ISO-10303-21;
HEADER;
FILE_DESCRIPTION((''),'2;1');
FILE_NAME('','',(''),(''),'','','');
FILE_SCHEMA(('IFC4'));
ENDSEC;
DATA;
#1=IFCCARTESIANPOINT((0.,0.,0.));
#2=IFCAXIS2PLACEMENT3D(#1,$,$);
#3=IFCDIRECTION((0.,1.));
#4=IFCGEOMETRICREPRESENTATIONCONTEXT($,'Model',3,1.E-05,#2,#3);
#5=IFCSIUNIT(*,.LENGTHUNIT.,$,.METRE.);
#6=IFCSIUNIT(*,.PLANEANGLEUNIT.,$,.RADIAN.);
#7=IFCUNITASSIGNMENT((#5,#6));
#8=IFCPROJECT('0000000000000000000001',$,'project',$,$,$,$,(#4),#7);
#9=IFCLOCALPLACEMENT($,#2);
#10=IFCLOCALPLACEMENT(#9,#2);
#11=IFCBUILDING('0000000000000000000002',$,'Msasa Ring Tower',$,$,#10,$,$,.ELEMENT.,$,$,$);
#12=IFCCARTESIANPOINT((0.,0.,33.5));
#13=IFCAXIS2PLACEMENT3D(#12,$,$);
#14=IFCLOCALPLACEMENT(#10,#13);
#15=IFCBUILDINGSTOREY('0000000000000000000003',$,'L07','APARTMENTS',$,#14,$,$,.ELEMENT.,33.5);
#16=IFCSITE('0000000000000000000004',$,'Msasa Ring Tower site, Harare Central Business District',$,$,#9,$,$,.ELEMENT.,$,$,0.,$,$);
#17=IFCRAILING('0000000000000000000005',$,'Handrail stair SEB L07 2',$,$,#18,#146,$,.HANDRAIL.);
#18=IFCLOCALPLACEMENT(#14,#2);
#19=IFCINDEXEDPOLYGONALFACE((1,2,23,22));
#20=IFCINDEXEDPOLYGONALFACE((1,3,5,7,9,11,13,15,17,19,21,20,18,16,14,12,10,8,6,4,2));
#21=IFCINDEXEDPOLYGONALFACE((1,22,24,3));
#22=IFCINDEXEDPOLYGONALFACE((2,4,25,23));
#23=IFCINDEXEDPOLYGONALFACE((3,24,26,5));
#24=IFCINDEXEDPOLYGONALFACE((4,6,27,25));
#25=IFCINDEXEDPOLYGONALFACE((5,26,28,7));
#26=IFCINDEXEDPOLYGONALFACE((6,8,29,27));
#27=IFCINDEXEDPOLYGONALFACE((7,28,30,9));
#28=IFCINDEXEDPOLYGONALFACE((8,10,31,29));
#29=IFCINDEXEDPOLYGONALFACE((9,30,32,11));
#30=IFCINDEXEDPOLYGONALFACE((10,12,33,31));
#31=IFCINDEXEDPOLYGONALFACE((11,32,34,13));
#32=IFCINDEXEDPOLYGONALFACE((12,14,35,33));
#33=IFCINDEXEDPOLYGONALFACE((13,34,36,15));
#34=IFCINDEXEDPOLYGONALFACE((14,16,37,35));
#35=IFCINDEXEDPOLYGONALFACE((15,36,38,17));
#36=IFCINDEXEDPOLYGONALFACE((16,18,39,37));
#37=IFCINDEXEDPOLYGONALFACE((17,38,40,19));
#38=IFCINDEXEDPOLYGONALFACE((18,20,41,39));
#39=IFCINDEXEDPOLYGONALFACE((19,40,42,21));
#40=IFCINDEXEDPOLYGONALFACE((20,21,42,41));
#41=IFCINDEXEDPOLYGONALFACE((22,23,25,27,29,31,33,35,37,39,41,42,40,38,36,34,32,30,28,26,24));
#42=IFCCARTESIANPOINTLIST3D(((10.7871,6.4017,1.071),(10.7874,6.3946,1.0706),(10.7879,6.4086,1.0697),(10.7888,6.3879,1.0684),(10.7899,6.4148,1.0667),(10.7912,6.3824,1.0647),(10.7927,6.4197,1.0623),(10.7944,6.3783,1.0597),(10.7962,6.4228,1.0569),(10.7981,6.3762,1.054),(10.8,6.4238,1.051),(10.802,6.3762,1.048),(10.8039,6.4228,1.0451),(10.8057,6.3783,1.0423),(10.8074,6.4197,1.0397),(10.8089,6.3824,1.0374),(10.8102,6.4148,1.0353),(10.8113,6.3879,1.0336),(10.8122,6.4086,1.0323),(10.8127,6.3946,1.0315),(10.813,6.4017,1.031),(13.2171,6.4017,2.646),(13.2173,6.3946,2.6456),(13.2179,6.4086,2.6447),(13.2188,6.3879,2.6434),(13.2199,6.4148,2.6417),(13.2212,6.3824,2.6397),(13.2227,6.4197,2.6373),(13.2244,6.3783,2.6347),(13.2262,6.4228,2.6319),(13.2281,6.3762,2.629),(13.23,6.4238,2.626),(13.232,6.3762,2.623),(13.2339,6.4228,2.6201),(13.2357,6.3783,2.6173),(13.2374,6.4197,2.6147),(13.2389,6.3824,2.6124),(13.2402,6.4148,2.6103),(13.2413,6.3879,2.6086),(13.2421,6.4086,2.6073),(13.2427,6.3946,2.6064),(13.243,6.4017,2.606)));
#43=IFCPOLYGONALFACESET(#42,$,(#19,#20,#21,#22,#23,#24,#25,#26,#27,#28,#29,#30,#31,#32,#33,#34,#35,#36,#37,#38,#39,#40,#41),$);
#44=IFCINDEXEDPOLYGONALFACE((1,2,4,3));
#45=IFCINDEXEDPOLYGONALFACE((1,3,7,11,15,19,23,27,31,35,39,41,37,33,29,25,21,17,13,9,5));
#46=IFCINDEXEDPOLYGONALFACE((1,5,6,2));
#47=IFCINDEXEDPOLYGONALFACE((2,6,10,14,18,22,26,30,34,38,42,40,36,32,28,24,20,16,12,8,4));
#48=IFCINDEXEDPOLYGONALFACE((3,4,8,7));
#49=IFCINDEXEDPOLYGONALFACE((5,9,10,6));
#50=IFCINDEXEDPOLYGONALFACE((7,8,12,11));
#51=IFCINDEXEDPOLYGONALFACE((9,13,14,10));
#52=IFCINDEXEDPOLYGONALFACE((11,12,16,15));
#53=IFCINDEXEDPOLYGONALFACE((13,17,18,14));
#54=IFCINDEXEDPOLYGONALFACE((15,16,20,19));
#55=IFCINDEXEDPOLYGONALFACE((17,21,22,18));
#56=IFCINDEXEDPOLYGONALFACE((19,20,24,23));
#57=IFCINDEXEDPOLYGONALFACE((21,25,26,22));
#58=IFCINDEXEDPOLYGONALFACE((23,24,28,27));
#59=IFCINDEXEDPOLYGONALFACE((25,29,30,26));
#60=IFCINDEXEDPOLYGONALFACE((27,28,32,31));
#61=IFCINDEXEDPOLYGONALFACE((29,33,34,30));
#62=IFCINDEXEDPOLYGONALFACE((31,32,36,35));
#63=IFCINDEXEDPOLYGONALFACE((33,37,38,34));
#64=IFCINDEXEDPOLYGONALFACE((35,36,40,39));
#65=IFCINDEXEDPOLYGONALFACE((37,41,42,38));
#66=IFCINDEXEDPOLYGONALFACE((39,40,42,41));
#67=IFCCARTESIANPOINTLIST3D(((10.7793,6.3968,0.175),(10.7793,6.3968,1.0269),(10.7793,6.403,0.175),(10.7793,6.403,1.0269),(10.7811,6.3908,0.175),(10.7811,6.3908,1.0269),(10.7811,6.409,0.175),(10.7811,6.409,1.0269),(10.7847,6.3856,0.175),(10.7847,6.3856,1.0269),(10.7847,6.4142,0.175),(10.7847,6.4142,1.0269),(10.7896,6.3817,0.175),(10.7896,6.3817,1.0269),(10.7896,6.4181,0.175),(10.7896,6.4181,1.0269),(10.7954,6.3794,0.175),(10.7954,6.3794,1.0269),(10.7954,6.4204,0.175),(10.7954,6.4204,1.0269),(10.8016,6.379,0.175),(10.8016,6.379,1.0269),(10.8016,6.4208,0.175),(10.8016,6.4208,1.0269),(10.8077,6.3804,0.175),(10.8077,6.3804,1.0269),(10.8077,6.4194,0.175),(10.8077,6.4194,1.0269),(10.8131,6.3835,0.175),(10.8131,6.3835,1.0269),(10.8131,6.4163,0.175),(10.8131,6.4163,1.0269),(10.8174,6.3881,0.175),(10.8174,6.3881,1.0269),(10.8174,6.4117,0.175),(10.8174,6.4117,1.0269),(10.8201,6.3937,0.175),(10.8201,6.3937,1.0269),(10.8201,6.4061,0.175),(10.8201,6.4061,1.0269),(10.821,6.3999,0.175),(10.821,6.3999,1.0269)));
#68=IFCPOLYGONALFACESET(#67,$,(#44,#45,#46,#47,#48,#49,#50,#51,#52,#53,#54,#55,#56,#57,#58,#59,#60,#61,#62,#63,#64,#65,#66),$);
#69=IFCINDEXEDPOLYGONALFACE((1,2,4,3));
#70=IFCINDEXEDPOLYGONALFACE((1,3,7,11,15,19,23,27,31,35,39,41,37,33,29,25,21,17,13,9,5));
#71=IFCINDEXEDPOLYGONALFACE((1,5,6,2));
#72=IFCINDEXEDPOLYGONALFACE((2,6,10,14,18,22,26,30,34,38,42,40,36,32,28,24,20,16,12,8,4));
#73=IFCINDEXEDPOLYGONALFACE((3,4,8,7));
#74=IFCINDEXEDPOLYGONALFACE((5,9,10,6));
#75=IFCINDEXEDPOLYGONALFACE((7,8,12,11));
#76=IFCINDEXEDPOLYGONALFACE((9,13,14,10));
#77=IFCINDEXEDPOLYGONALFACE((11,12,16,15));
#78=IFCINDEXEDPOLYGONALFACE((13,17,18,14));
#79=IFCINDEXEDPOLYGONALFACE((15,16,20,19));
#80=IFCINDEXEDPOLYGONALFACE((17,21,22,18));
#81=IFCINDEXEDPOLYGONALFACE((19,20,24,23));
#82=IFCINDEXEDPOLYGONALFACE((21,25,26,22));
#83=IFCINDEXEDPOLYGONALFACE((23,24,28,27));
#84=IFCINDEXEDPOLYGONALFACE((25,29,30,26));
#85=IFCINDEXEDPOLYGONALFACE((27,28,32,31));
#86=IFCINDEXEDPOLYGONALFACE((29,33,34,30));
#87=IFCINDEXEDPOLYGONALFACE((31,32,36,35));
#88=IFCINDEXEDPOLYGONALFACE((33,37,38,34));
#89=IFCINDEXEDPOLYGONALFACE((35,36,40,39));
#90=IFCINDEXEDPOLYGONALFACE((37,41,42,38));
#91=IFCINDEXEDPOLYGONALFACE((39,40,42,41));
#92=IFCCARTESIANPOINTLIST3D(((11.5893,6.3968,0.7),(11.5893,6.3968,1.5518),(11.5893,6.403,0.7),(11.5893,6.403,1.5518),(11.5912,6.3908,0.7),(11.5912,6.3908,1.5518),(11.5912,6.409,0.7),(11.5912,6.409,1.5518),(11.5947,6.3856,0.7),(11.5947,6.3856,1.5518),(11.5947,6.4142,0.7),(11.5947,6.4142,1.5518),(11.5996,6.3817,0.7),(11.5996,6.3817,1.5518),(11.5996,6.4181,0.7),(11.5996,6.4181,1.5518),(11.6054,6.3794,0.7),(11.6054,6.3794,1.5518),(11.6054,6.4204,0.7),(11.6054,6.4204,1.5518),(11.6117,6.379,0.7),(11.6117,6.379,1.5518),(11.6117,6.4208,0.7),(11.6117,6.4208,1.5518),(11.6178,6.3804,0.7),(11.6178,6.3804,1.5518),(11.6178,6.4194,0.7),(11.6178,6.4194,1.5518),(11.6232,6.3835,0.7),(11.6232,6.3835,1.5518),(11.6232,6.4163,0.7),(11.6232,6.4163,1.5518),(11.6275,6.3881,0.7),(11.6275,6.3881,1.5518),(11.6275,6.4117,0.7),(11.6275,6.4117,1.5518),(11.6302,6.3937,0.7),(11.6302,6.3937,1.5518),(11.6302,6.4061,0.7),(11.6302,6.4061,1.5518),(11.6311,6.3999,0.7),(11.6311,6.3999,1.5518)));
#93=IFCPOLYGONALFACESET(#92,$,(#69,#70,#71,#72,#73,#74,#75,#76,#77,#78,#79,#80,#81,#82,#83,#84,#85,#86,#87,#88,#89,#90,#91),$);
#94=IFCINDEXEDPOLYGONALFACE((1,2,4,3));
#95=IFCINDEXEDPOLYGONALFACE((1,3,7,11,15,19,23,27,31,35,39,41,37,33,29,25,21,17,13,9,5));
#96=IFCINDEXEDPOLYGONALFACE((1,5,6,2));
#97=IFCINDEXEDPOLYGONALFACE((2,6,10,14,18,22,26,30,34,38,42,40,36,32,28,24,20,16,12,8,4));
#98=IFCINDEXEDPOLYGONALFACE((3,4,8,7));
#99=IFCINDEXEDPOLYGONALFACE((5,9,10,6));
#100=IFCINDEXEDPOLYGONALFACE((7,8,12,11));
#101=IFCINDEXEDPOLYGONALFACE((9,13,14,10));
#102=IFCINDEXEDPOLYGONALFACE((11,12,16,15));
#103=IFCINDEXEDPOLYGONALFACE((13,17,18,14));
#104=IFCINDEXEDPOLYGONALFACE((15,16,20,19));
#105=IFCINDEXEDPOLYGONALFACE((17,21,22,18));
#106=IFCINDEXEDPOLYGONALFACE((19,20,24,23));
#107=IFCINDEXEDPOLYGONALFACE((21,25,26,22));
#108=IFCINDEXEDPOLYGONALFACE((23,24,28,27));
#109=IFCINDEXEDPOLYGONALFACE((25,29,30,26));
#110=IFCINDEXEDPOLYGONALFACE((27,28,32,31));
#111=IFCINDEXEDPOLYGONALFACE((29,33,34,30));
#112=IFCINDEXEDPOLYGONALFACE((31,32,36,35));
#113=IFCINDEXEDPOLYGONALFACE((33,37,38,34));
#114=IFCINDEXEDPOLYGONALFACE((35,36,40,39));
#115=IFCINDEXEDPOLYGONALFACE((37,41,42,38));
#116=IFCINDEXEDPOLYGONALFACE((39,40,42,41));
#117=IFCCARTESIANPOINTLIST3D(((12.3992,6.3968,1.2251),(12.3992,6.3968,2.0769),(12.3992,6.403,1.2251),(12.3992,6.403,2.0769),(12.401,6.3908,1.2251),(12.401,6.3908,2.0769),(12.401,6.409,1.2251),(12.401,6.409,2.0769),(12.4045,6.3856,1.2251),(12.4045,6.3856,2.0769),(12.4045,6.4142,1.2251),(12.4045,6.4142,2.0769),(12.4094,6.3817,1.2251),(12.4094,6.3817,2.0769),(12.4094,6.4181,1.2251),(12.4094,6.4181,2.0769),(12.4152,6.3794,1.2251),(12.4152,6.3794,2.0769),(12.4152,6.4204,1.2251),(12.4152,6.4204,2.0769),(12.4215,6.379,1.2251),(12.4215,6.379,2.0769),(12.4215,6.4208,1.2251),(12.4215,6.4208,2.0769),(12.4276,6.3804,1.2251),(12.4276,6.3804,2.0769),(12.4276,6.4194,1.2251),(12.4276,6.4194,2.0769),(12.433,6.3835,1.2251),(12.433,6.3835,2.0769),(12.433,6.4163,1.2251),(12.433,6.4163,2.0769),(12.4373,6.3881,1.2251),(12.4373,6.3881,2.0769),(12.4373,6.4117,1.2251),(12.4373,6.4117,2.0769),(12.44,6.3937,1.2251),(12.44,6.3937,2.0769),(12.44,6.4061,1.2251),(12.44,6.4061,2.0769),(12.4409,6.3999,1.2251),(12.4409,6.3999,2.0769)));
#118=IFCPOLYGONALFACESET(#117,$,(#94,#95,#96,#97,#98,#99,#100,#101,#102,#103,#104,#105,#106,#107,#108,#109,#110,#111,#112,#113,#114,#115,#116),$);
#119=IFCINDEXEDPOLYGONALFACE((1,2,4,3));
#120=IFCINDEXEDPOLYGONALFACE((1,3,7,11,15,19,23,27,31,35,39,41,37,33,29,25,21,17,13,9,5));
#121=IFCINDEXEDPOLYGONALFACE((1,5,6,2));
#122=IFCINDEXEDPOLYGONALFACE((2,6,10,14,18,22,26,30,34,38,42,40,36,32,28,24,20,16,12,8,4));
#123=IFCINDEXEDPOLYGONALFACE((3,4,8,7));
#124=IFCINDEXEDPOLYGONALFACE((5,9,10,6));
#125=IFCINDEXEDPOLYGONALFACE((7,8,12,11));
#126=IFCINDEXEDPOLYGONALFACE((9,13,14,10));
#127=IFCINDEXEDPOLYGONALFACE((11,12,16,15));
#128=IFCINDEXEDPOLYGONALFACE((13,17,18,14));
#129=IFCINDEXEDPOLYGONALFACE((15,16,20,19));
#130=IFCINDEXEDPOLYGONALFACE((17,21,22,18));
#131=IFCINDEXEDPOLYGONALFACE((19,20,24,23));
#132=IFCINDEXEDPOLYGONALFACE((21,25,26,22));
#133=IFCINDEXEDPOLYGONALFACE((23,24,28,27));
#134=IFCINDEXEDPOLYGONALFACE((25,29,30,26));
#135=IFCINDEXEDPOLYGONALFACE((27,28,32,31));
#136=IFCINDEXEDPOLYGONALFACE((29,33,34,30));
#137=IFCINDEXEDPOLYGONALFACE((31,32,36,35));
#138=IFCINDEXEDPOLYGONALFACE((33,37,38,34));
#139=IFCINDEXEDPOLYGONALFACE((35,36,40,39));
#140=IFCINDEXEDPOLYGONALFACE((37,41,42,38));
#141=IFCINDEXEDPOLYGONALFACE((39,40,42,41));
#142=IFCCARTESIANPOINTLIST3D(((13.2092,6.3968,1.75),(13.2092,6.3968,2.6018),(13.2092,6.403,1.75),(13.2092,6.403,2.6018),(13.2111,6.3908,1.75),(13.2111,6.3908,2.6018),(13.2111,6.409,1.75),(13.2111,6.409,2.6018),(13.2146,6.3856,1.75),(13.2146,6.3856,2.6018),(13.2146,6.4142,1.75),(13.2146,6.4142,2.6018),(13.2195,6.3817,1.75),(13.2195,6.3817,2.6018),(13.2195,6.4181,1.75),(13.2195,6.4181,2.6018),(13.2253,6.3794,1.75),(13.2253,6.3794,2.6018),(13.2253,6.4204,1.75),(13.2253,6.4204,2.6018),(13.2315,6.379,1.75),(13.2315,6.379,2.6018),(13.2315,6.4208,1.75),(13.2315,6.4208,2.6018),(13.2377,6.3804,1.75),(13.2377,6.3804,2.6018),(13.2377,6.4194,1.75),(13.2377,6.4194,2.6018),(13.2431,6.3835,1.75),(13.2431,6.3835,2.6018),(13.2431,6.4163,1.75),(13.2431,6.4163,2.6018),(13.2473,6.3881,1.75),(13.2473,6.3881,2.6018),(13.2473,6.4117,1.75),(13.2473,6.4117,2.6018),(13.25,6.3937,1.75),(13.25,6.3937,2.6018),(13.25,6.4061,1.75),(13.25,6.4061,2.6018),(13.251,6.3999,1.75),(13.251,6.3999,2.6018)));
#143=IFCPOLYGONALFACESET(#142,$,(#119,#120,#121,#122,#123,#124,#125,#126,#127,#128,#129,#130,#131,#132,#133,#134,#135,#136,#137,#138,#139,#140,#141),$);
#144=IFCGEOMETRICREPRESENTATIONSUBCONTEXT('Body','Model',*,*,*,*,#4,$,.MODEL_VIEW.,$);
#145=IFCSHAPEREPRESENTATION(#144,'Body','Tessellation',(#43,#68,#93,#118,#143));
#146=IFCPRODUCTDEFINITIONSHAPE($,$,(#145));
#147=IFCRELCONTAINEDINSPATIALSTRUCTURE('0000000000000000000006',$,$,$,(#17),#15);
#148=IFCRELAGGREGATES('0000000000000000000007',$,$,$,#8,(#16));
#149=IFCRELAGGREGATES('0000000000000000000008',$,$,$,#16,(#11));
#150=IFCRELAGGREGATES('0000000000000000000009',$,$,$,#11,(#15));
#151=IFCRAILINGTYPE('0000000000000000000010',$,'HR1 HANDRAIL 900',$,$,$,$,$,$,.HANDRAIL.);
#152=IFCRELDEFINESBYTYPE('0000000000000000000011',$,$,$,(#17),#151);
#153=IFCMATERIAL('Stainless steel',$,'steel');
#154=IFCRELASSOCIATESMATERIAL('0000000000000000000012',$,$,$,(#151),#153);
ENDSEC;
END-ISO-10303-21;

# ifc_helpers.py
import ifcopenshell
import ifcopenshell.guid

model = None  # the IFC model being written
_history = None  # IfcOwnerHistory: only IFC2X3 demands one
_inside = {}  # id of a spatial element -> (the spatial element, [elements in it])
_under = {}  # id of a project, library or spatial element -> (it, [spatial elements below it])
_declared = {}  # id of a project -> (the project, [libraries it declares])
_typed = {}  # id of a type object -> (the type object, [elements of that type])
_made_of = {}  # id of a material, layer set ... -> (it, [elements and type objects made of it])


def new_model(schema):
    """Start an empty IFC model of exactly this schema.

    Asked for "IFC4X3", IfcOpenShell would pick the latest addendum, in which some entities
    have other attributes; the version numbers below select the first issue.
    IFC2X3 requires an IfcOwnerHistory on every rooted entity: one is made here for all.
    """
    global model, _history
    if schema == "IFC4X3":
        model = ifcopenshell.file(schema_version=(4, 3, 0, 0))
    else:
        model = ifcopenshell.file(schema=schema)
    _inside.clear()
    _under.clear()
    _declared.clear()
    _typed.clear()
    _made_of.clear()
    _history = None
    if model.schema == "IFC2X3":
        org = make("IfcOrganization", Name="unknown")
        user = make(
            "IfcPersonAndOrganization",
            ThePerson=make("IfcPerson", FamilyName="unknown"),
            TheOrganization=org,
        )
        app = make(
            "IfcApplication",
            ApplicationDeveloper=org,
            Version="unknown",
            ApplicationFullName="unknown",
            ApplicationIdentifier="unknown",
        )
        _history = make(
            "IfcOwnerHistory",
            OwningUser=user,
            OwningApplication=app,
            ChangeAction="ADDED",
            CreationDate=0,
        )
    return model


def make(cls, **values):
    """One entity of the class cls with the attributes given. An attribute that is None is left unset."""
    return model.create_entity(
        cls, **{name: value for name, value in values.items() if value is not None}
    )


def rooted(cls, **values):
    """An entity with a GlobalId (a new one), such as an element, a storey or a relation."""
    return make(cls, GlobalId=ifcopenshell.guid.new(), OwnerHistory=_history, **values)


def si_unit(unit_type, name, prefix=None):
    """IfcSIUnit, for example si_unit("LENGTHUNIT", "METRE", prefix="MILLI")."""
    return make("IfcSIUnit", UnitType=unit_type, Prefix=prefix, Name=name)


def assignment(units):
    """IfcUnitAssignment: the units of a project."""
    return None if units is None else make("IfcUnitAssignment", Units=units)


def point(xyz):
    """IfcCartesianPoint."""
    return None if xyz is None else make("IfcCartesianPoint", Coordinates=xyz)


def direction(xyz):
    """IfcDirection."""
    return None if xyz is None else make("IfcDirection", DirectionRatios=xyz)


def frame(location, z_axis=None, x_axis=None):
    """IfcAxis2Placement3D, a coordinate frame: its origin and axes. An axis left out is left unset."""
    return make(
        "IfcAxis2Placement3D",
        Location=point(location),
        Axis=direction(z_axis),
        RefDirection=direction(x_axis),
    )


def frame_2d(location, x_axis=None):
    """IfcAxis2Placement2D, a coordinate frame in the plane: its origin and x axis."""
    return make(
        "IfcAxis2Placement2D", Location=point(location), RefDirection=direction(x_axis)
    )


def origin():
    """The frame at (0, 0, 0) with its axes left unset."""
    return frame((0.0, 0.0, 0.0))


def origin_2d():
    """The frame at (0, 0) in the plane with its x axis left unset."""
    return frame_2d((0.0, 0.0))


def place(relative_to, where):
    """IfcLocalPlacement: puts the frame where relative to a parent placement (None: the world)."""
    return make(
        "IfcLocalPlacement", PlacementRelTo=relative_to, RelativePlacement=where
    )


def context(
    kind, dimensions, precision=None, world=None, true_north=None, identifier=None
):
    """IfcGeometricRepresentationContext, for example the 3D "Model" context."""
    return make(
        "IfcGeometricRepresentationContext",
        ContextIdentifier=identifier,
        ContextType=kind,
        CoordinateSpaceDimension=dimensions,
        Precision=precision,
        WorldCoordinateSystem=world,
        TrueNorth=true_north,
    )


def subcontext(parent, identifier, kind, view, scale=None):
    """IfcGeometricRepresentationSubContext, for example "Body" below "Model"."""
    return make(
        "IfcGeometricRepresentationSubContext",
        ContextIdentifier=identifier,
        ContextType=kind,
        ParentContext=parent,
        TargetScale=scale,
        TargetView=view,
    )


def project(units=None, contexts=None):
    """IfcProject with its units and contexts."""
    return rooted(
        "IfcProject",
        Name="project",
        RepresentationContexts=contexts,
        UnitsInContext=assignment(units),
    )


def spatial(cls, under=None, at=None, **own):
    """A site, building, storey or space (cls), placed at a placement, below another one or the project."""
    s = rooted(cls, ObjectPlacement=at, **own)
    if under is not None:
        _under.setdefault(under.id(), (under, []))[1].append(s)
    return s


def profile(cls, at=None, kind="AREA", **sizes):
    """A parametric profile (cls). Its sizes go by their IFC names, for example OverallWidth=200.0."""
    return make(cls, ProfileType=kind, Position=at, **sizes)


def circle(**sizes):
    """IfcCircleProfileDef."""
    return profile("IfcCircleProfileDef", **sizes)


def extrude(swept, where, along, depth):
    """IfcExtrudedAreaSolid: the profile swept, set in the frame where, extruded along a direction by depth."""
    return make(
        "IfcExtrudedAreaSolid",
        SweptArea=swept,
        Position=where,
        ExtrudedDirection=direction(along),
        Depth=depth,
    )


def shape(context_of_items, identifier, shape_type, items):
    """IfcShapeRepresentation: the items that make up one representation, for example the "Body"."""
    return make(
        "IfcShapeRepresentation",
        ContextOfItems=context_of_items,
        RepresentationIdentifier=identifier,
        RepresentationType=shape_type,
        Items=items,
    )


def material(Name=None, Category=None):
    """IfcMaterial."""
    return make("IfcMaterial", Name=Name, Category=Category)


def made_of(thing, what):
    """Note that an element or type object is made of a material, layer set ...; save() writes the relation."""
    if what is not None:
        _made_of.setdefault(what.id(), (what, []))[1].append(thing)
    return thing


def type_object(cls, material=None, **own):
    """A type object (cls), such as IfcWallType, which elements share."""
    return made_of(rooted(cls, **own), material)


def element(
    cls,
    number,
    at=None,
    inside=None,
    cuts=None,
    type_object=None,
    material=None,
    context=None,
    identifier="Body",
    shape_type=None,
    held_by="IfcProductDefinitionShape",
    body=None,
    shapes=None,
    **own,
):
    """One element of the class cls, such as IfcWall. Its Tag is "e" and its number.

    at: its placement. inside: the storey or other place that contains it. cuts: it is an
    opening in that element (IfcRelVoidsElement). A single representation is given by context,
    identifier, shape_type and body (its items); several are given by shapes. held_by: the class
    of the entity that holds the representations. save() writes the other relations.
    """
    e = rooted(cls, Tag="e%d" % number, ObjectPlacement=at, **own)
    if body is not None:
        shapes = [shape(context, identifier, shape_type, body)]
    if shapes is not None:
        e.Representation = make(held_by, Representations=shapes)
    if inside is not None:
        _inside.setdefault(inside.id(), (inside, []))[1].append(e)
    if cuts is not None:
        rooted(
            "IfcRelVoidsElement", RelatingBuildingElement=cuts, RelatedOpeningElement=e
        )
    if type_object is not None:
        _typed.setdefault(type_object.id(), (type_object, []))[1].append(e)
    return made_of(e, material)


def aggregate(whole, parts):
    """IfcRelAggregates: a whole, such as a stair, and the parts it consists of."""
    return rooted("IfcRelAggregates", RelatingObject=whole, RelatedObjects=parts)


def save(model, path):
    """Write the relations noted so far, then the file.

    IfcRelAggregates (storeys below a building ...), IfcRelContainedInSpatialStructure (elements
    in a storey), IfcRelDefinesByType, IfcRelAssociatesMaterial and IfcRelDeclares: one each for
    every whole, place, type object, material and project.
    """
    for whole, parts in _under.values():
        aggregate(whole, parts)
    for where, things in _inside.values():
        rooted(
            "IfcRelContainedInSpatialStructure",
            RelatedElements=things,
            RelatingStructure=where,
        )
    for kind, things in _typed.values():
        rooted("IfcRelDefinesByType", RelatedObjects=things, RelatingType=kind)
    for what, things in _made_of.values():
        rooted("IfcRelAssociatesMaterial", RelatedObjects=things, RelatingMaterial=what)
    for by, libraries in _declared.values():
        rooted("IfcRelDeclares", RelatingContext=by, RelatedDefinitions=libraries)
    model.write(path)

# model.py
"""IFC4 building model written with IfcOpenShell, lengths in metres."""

from ifc_helpers import new_model, si_unit, direction, frame, origin, origin_2d, place, context, subcontext, project, spatial, circle, extrude, material, type_object, element, save


model = new_model("IFC4")

# Units and contexts
model_context = context("Model", 3, precision=1e-05, world=origin(), true_north=direction((0.0, 1.0)))
body_context = subcontext(model_context, "Body", "Model", "MODEL_VIEW")
ifc_project = project(units=[si_unit("LENGTHUNIT", "METRE"), si_unit("PLANEANGLEUNIT", "RADIAN")], contexts=[model_context])

# Site, building, storey
site_placement = place(None, origin())
site = spatial("IfcSite", under=ifc_project, at=site_placement, Name="Msasa Ring Tower site, Harare Central Business District", CompositionType="ELEMENT", RefElevation=0.0)
building_placement = place(site_placement, origin())
building = spatial("IfcBuilding", under=site, at=building_placement, Name="Msasa Ring Tower", CompositionType="ELEMENT")
storey_placement = place(building_placement, frame((0.0, 0.0, 33.5)))
storey = spatial("IfcBuildingStorey", under=building, at=storey_placement, Name="L07", Description="APARTMENTS", CompositionType="ELEMENT", Elevation=33.5)

# Railing
ifc_material_1 = material(Name="Stainless steel", Category="steel")
railing_type = type_object("IfcRailingType", Name="HR1 HANDRAIL 900", PredefinedType="HANDRAIL", material=ifc_material_1)
for number, where, name in (
    (1, (10.8, 6.3999, 0.175), "Handrail stair SEB L07 2"),
):
    element("IfcRailing", number, at=place(storey_placement, frame(where)), inside=storey, type_object=railing_type, Name=name, PredefinedType="HANDRAIL", context=body_context, shape_type="SweptSolid", body=[
        extrude(circle(Radius=0.0239, at=origin_2d()), frame((0.0, 0.0, 0.876), z_axis=(0.839154, 0.0, 0.543894), x_axis=(0.0, 1.0, 0.0)), (0.0, 0.0, 1.0), 2.8958),
        extrude(circle(Radius=0.021, at=origin_2d()), origin(), (0.0, 0.0, 1.0), 0.8518),
        extrude(circle(Radius=0.021, at=origin_2d()), frame((0.8101, 0.0, 0.5249)), (0.0, 0.0, 1.0), 0.8518),
        extrude(circle(Radius=0.021, at=origin_2d()), frame((1.6199, 0.0, 1.05)), (0.0, 0.0, 1.0), 0.8518),
        extrude(circle(Radius=0.021, at=origin_2d()), frame((2.4299, 0.0, 1.575)), (0.0, 0.0, 1.0), 0.8518),
    ])

save(model, "model.ifc")
